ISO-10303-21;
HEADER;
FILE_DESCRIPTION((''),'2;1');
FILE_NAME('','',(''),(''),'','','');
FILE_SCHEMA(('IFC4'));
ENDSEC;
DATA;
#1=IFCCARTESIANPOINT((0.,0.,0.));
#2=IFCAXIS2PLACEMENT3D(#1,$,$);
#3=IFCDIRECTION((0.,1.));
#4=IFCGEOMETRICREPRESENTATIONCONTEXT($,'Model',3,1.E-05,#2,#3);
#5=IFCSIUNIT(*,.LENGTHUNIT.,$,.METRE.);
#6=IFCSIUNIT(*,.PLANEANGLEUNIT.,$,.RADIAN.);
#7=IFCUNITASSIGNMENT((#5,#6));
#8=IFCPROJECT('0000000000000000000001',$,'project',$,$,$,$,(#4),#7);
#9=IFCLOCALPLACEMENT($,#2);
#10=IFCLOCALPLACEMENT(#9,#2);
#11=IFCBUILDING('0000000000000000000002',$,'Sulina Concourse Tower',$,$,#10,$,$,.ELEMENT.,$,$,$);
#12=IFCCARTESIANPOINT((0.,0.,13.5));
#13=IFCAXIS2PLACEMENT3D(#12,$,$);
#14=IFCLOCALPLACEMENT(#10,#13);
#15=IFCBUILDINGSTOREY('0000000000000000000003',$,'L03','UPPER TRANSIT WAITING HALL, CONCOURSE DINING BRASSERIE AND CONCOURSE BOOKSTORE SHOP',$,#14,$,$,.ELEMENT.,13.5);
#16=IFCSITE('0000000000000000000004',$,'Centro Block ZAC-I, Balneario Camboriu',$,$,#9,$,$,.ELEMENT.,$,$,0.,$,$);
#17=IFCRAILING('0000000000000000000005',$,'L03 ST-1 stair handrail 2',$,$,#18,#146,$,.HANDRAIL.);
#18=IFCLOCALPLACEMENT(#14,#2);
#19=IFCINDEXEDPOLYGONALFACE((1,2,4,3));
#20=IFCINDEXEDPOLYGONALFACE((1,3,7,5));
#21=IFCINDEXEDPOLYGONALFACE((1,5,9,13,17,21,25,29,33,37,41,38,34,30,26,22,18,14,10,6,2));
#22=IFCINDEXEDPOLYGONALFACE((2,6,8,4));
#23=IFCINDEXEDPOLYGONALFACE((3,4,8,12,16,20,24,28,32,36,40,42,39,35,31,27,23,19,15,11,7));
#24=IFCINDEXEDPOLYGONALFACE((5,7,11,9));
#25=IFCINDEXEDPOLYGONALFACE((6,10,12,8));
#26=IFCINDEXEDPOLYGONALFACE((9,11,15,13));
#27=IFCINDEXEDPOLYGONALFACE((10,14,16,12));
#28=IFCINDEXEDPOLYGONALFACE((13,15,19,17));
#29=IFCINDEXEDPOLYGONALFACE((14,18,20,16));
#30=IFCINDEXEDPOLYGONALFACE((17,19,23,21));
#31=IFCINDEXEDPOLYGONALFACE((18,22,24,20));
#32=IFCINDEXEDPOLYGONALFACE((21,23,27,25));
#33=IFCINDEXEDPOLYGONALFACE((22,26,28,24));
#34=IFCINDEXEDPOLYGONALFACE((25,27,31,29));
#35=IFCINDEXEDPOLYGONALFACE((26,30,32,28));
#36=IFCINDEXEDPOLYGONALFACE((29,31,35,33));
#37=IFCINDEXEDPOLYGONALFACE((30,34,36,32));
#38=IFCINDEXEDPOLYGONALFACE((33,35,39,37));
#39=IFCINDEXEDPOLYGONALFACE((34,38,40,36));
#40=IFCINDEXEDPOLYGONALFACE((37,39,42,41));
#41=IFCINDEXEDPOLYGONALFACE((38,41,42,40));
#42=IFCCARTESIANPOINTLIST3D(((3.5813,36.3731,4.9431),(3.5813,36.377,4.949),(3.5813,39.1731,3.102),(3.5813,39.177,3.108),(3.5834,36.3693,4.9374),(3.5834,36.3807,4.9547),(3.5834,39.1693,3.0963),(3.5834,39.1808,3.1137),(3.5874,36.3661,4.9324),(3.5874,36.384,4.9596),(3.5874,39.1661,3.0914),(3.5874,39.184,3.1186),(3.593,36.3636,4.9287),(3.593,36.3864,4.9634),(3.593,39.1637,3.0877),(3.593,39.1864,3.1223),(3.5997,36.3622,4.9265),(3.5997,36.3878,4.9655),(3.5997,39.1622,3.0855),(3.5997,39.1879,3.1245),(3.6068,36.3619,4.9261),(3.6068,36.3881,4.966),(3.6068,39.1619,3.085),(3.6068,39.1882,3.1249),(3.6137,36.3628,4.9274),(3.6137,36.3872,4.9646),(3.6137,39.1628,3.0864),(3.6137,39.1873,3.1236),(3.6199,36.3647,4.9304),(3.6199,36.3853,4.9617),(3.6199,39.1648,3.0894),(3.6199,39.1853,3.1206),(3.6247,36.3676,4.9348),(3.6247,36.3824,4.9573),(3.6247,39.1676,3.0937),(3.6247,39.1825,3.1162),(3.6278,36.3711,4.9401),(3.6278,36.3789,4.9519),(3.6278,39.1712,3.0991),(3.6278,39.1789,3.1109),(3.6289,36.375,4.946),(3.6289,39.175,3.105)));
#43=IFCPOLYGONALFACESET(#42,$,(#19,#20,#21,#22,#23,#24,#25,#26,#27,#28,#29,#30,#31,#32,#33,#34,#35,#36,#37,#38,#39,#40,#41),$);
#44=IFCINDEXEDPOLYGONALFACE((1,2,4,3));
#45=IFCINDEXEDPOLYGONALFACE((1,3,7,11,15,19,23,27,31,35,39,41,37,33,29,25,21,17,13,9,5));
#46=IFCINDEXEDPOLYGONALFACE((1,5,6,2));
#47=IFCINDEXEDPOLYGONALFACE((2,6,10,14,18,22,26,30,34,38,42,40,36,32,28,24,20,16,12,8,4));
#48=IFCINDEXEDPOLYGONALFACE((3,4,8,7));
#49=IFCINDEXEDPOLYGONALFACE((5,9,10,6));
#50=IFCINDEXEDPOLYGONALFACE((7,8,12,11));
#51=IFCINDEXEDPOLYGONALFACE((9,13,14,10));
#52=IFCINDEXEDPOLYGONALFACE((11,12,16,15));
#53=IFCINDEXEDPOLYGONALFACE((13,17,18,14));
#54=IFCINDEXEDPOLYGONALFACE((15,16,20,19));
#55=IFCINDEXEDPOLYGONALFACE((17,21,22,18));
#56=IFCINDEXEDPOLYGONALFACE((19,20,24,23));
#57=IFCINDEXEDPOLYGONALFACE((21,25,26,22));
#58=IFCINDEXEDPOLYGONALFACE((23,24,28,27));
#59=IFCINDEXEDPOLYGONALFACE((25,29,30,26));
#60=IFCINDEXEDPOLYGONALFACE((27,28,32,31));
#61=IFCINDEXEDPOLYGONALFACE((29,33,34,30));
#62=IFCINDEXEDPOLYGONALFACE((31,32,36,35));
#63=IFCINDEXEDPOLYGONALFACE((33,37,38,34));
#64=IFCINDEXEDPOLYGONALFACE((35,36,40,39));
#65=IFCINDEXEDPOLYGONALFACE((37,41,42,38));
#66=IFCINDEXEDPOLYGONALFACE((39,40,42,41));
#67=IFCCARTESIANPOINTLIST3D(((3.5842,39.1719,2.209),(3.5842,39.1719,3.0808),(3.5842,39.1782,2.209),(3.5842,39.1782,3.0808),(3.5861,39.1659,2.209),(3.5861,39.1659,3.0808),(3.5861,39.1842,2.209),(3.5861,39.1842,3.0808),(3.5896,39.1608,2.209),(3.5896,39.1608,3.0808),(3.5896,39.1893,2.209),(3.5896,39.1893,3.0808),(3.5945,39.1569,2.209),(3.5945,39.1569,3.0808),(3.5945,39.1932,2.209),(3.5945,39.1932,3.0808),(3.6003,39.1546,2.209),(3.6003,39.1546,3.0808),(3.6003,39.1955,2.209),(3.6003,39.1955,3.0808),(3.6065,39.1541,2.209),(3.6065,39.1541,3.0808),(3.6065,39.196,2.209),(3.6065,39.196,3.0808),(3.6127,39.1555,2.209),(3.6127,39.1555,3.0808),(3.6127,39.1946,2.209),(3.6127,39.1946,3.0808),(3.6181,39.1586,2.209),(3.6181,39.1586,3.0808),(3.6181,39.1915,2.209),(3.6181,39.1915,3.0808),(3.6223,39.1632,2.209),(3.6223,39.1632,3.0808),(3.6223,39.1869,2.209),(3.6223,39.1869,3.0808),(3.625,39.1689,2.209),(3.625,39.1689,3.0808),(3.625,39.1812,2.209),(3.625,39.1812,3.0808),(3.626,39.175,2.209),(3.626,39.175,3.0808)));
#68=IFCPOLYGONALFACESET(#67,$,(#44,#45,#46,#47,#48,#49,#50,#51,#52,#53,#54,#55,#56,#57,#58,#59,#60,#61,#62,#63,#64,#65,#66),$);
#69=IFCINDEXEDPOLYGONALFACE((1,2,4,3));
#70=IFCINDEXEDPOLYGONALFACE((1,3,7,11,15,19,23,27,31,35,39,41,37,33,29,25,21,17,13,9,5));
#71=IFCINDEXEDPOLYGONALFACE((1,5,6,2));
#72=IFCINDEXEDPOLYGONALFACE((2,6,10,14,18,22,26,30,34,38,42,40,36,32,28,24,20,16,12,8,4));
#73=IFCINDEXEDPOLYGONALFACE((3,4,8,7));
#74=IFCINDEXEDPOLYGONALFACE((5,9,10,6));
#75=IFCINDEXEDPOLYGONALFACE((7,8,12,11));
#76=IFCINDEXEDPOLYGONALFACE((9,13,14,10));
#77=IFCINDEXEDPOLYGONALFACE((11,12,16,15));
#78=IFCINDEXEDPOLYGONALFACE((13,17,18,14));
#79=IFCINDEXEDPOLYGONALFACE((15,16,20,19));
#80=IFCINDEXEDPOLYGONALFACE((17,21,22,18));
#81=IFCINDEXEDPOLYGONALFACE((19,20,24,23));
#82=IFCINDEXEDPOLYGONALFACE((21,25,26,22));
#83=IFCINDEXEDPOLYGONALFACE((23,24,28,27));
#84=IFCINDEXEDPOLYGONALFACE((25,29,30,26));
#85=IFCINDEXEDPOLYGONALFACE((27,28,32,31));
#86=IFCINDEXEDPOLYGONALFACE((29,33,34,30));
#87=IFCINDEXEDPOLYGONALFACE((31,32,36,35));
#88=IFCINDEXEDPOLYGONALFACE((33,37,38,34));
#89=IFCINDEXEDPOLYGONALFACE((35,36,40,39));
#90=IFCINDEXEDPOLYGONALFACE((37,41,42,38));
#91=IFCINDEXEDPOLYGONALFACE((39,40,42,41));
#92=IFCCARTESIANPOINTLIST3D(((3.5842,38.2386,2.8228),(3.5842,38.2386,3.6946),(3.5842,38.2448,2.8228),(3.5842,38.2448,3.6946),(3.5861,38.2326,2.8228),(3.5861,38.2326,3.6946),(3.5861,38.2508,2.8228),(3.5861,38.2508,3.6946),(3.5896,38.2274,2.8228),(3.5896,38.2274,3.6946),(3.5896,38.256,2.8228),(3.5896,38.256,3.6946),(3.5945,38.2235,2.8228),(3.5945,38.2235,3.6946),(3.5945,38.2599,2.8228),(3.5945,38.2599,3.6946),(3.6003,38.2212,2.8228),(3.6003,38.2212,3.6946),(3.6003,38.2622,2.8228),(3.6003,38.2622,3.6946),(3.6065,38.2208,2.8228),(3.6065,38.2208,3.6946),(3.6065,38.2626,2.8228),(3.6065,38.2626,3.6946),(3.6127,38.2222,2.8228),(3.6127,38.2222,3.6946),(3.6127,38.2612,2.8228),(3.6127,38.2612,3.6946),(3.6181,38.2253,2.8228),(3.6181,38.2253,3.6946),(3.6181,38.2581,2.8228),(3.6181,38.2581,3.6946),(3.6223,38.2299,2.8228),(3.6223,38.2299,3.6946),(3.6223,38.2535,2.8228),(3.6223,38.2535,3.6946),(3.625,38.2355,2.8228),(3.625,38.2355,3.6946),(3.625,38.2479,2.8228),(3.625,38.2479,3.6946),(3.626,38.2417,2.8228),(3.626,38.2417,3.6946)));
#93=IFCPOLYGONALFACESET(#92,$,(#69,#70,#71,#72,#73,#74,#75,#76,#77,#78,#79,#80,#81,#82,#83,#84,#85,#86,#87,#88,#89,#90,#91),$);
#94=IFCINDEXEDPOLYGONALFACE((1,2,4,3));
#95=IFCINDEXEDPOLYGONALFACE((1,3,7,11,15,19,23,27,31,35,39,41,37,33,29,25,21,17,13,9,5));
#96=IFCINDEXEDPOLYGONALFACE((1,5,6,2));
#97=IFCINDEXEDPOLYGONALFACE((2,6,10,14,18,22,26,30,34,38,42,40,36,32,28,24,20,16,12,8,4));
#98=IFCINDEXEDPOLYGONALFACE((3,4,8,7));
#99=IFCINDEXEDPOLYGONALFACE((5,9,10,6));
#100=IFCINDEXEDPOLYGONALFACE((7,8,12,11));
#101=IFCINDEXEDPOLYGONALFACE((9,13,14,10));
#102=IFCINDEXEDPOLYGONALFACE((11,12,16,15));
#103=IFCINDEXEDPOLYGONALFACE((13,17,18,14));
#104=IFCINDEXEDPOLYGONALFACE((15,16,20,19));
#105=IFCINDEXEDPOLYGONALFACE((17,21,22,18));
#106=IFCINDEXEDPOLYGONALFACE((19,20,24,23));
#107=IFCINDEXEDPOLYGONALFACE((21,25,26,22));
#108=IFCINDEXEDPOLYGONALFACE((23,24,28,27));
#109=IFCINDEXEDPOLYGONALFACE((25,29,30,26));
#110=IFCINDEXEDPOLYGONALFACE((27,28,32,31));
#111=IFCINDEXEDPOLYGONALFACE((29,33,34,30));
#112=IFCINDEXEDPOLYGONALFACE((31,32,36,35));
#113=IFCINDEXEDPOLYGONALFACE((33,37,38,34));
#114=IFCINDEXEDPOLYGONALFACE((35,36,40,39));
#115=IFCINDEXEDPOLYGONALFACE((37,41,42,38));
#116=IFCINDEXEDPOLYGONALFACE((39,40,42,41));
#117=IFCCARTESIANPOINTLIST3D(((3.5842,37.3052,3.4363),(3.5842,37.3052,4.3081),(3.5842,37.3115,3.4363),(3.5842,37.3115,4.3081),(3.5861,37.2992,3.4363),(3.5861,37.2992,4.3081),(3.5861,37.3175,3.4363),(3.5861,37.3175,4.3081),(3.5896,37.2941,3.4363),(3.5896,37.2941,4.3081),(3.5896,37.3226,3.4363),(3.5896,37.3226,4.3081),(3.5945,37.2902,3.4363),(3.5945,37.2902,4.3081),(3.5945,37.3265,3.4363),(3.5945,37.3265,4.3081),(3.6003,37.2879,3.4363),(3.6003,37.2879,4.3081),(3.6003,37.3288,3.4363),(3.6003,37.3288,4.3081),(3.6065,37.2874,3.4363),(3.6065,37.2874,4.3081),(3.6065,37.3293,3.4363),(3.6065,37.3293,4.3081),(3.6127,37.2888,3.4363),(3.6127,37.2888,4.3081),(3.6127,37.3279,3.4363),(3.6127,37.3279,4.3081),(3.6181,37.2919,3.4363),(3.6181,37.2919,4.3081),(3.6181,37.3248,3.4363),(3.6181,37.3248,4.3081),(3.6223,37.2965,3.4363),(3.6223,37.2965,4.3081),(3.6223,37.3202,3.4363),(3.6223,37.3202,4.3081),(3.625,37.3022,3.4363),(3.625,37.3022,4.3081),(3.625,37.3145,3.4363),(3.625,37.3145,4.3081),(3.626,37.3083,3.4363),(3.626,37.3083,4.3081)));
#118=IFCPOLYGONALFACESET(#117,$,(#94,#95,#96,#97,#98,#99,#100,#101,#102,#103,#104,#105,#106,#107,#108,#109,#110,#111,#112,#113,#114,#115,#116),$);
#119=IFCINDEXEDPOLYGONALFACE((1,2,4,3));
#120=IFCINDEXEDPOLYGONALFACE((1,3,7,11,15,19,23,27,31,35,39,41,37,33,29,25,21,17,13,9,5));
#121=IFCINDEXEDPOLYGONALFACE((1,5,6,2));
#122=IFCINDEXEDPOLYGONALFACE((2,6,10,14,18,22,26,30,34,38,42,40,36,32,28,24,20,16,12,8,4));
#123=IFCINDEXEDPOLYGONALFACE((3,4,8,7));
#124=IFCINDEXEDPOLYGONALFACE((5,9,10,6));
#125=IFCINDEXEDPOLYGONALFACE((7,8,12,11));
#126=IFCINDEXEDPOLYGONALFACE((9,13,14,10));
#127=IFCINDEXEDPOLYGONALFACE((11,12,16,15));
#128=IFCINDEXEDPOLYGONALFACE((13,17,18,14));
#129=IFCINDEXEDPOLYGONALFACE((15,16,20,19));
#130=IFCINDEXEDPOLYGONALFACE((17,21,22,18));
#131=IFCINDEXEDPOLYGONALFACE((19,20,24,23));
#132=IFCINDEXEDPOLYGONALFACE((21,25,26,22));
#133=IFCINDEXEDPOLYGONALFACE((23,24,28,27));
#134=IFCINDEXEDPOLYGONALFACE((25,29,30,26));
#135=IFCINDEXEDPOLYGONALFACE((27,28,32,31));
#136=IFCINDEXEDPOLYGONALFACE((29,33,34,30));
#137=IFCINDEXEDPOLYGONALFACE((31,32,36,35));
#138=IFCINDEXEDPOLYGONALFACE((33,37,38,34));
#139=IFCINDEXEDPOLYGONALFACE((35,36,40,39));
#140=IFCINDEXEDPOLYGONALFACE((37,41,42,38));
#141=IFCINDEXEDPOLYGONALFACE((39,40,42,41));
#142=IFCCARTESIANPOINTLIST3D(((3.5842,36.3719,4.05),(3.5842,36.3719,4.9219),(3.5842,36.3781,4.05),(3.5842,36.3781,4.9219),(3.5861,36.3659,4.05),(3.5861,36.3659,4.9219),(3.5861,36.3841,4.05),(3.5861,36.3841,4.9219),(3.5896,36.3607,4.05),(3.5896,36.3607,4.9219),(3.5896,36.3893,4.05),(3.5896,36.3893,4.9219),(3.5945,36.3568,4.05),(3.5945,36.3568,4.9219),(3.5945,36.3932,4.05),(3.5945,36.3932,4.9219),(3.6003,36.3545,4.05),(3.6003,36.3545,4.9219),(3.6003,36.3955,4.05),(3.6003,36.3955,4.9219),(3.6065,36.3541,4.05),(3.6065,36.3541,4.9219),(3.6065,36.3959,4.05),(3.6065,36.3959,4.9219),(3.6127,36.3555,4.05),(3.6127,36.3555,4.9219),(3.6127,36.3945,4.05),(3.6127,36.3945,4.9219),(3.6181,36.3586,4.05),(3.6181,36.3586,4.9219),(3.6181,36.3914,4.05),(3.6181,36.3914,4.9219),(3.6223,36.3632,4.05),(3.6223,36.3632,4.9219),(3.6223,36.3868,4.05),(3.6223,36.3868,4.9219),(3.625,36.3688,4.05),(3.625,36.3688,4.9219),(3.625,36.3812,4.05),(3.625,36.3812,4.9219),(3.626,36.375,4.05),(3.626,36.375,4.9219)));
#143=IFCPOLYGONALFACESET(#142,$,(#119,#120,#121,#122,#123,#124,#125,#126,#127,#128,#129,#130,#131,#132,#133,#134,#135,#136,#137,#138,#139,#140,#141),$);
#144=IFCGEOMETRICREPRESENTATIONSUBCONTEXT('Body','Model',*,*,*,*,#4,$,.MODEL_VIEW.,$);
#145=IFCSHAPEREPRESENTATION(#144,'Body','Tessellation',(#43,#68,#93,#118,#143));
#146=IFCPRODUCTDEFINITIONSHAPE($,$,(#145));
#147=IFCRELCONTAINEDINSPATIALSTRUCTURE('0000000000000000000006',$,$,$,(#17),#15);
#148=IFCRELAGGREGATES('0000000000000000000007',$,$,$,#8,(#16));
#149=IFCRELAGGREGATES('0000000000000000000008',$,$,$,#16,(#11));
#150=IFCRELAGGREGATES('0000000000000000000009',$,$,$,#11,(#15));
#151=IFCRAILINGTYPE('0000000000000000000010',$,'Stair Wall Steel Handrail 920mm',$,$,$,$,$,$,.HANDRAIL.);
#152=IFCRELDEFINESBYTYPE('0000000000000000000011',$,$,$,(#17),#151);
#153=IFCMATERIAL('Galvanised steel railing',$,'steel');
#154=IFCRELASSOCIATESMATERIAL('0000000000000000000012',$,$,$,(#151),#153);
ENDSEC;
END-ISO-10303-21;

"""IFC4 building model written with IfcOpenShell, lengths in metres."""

from ifc_helpers import new_model, si_unit, direction, frame, origin, origin_2d, place, context, subcontext, project, spatial, circle, extrude, material, type_object, element, save


model = new_model("IFC4")

# Units and contexts
model_context = context("Model", 3, precision=1e-05, world=origin(), true_north=direction((0.0, 1.0)))
body_context = subcontext(model_context, "Body", "Model", "MODEL_VIEW")
ifc_project = project(units=[si_unit("LENGTHUNIT", "METRE"), si_unit("PLANEANGLEUNIT", "RADIAN")], contexts=[model_context])

# Site, building, storey
site_placement = place(None, origin())
site = spatial("IfcSite", under=ifc_project, at=site_placement, Name="Centro Block ZAC-I, Balneario Camboriu", CompositionType="ELEMENT", RefElevation=0.0)
building_placement = place(site_placement, origin())
building = spatial("IfcBuilding", under=site, at=building_placement, Name="Sulina Concourse Tower", CompositionType="ELEMENT")
storey_placement = place(building_placement, frame((0.0, 0.0, 13.5)))
storey = spatial("IfcBuildingStorey", under=building, at=storey_placement, Name="L03", Description="UPPER TRANSIT WAITING HALL, CONCOURSE DINING BRASSERIE AND CONCOURSE BOOKSTORE SHOP", CompositionType="ELEMENT", Elevation=13.5)

# Railing
ifc_material_1 = material(Name="Galvanised steel railing", Category="steel")
railing_type_1 = type_object("IfcRailingType", Name="Stair Wall Steel Handrail 920mm", PredefinedType="HANDRAIL", material=ifc_material_1)
railing_1_placement = place(storey_placement, frame((3.605, 39.175, 2.209)))
element("IfcRailing", 1, at=railing_1_placement, inside=storey, type_object=railing_type_1, Name="L03 ST-1 stair handrail 2", PredefinedType="HANDRAIL", context=body_context, shape_type="SweptSolid", body=[
    extrude(circle(Radius=0.0239, at=origin_2d()), frame((0.0, 0.0, 0.896), z_axis=(0.0, -0.835564, 0.549393), x_axis=(1.0, 0.0, 0.0)), (0.0, 0.0, 1.0), 3.3511),
    extrude(circle(Radius=0.021, at=origin_2d()), origin(), (0.0, 0.0, 1.0), 0.8718),
    extrude(circle(Radius=0.021, at=origin_2d()), frame((0.0, -0.9333, 0.6138)), (0.0, 0.0, 1.0), 0.8718),
    extrude(circle(Radius=0.021, at=origin_2d()), frame((0.0, -1.8667, 1.2273)), (0.0, 0.0, 1.0), 0.8718),
    extrude(circle(Radius=0.021, at=origin_2d()), frame((0.0, -2.8, 1.8411)), (0.0, 0.0, 1.0), 0.8718),
])

save(model, "model.ifc")
